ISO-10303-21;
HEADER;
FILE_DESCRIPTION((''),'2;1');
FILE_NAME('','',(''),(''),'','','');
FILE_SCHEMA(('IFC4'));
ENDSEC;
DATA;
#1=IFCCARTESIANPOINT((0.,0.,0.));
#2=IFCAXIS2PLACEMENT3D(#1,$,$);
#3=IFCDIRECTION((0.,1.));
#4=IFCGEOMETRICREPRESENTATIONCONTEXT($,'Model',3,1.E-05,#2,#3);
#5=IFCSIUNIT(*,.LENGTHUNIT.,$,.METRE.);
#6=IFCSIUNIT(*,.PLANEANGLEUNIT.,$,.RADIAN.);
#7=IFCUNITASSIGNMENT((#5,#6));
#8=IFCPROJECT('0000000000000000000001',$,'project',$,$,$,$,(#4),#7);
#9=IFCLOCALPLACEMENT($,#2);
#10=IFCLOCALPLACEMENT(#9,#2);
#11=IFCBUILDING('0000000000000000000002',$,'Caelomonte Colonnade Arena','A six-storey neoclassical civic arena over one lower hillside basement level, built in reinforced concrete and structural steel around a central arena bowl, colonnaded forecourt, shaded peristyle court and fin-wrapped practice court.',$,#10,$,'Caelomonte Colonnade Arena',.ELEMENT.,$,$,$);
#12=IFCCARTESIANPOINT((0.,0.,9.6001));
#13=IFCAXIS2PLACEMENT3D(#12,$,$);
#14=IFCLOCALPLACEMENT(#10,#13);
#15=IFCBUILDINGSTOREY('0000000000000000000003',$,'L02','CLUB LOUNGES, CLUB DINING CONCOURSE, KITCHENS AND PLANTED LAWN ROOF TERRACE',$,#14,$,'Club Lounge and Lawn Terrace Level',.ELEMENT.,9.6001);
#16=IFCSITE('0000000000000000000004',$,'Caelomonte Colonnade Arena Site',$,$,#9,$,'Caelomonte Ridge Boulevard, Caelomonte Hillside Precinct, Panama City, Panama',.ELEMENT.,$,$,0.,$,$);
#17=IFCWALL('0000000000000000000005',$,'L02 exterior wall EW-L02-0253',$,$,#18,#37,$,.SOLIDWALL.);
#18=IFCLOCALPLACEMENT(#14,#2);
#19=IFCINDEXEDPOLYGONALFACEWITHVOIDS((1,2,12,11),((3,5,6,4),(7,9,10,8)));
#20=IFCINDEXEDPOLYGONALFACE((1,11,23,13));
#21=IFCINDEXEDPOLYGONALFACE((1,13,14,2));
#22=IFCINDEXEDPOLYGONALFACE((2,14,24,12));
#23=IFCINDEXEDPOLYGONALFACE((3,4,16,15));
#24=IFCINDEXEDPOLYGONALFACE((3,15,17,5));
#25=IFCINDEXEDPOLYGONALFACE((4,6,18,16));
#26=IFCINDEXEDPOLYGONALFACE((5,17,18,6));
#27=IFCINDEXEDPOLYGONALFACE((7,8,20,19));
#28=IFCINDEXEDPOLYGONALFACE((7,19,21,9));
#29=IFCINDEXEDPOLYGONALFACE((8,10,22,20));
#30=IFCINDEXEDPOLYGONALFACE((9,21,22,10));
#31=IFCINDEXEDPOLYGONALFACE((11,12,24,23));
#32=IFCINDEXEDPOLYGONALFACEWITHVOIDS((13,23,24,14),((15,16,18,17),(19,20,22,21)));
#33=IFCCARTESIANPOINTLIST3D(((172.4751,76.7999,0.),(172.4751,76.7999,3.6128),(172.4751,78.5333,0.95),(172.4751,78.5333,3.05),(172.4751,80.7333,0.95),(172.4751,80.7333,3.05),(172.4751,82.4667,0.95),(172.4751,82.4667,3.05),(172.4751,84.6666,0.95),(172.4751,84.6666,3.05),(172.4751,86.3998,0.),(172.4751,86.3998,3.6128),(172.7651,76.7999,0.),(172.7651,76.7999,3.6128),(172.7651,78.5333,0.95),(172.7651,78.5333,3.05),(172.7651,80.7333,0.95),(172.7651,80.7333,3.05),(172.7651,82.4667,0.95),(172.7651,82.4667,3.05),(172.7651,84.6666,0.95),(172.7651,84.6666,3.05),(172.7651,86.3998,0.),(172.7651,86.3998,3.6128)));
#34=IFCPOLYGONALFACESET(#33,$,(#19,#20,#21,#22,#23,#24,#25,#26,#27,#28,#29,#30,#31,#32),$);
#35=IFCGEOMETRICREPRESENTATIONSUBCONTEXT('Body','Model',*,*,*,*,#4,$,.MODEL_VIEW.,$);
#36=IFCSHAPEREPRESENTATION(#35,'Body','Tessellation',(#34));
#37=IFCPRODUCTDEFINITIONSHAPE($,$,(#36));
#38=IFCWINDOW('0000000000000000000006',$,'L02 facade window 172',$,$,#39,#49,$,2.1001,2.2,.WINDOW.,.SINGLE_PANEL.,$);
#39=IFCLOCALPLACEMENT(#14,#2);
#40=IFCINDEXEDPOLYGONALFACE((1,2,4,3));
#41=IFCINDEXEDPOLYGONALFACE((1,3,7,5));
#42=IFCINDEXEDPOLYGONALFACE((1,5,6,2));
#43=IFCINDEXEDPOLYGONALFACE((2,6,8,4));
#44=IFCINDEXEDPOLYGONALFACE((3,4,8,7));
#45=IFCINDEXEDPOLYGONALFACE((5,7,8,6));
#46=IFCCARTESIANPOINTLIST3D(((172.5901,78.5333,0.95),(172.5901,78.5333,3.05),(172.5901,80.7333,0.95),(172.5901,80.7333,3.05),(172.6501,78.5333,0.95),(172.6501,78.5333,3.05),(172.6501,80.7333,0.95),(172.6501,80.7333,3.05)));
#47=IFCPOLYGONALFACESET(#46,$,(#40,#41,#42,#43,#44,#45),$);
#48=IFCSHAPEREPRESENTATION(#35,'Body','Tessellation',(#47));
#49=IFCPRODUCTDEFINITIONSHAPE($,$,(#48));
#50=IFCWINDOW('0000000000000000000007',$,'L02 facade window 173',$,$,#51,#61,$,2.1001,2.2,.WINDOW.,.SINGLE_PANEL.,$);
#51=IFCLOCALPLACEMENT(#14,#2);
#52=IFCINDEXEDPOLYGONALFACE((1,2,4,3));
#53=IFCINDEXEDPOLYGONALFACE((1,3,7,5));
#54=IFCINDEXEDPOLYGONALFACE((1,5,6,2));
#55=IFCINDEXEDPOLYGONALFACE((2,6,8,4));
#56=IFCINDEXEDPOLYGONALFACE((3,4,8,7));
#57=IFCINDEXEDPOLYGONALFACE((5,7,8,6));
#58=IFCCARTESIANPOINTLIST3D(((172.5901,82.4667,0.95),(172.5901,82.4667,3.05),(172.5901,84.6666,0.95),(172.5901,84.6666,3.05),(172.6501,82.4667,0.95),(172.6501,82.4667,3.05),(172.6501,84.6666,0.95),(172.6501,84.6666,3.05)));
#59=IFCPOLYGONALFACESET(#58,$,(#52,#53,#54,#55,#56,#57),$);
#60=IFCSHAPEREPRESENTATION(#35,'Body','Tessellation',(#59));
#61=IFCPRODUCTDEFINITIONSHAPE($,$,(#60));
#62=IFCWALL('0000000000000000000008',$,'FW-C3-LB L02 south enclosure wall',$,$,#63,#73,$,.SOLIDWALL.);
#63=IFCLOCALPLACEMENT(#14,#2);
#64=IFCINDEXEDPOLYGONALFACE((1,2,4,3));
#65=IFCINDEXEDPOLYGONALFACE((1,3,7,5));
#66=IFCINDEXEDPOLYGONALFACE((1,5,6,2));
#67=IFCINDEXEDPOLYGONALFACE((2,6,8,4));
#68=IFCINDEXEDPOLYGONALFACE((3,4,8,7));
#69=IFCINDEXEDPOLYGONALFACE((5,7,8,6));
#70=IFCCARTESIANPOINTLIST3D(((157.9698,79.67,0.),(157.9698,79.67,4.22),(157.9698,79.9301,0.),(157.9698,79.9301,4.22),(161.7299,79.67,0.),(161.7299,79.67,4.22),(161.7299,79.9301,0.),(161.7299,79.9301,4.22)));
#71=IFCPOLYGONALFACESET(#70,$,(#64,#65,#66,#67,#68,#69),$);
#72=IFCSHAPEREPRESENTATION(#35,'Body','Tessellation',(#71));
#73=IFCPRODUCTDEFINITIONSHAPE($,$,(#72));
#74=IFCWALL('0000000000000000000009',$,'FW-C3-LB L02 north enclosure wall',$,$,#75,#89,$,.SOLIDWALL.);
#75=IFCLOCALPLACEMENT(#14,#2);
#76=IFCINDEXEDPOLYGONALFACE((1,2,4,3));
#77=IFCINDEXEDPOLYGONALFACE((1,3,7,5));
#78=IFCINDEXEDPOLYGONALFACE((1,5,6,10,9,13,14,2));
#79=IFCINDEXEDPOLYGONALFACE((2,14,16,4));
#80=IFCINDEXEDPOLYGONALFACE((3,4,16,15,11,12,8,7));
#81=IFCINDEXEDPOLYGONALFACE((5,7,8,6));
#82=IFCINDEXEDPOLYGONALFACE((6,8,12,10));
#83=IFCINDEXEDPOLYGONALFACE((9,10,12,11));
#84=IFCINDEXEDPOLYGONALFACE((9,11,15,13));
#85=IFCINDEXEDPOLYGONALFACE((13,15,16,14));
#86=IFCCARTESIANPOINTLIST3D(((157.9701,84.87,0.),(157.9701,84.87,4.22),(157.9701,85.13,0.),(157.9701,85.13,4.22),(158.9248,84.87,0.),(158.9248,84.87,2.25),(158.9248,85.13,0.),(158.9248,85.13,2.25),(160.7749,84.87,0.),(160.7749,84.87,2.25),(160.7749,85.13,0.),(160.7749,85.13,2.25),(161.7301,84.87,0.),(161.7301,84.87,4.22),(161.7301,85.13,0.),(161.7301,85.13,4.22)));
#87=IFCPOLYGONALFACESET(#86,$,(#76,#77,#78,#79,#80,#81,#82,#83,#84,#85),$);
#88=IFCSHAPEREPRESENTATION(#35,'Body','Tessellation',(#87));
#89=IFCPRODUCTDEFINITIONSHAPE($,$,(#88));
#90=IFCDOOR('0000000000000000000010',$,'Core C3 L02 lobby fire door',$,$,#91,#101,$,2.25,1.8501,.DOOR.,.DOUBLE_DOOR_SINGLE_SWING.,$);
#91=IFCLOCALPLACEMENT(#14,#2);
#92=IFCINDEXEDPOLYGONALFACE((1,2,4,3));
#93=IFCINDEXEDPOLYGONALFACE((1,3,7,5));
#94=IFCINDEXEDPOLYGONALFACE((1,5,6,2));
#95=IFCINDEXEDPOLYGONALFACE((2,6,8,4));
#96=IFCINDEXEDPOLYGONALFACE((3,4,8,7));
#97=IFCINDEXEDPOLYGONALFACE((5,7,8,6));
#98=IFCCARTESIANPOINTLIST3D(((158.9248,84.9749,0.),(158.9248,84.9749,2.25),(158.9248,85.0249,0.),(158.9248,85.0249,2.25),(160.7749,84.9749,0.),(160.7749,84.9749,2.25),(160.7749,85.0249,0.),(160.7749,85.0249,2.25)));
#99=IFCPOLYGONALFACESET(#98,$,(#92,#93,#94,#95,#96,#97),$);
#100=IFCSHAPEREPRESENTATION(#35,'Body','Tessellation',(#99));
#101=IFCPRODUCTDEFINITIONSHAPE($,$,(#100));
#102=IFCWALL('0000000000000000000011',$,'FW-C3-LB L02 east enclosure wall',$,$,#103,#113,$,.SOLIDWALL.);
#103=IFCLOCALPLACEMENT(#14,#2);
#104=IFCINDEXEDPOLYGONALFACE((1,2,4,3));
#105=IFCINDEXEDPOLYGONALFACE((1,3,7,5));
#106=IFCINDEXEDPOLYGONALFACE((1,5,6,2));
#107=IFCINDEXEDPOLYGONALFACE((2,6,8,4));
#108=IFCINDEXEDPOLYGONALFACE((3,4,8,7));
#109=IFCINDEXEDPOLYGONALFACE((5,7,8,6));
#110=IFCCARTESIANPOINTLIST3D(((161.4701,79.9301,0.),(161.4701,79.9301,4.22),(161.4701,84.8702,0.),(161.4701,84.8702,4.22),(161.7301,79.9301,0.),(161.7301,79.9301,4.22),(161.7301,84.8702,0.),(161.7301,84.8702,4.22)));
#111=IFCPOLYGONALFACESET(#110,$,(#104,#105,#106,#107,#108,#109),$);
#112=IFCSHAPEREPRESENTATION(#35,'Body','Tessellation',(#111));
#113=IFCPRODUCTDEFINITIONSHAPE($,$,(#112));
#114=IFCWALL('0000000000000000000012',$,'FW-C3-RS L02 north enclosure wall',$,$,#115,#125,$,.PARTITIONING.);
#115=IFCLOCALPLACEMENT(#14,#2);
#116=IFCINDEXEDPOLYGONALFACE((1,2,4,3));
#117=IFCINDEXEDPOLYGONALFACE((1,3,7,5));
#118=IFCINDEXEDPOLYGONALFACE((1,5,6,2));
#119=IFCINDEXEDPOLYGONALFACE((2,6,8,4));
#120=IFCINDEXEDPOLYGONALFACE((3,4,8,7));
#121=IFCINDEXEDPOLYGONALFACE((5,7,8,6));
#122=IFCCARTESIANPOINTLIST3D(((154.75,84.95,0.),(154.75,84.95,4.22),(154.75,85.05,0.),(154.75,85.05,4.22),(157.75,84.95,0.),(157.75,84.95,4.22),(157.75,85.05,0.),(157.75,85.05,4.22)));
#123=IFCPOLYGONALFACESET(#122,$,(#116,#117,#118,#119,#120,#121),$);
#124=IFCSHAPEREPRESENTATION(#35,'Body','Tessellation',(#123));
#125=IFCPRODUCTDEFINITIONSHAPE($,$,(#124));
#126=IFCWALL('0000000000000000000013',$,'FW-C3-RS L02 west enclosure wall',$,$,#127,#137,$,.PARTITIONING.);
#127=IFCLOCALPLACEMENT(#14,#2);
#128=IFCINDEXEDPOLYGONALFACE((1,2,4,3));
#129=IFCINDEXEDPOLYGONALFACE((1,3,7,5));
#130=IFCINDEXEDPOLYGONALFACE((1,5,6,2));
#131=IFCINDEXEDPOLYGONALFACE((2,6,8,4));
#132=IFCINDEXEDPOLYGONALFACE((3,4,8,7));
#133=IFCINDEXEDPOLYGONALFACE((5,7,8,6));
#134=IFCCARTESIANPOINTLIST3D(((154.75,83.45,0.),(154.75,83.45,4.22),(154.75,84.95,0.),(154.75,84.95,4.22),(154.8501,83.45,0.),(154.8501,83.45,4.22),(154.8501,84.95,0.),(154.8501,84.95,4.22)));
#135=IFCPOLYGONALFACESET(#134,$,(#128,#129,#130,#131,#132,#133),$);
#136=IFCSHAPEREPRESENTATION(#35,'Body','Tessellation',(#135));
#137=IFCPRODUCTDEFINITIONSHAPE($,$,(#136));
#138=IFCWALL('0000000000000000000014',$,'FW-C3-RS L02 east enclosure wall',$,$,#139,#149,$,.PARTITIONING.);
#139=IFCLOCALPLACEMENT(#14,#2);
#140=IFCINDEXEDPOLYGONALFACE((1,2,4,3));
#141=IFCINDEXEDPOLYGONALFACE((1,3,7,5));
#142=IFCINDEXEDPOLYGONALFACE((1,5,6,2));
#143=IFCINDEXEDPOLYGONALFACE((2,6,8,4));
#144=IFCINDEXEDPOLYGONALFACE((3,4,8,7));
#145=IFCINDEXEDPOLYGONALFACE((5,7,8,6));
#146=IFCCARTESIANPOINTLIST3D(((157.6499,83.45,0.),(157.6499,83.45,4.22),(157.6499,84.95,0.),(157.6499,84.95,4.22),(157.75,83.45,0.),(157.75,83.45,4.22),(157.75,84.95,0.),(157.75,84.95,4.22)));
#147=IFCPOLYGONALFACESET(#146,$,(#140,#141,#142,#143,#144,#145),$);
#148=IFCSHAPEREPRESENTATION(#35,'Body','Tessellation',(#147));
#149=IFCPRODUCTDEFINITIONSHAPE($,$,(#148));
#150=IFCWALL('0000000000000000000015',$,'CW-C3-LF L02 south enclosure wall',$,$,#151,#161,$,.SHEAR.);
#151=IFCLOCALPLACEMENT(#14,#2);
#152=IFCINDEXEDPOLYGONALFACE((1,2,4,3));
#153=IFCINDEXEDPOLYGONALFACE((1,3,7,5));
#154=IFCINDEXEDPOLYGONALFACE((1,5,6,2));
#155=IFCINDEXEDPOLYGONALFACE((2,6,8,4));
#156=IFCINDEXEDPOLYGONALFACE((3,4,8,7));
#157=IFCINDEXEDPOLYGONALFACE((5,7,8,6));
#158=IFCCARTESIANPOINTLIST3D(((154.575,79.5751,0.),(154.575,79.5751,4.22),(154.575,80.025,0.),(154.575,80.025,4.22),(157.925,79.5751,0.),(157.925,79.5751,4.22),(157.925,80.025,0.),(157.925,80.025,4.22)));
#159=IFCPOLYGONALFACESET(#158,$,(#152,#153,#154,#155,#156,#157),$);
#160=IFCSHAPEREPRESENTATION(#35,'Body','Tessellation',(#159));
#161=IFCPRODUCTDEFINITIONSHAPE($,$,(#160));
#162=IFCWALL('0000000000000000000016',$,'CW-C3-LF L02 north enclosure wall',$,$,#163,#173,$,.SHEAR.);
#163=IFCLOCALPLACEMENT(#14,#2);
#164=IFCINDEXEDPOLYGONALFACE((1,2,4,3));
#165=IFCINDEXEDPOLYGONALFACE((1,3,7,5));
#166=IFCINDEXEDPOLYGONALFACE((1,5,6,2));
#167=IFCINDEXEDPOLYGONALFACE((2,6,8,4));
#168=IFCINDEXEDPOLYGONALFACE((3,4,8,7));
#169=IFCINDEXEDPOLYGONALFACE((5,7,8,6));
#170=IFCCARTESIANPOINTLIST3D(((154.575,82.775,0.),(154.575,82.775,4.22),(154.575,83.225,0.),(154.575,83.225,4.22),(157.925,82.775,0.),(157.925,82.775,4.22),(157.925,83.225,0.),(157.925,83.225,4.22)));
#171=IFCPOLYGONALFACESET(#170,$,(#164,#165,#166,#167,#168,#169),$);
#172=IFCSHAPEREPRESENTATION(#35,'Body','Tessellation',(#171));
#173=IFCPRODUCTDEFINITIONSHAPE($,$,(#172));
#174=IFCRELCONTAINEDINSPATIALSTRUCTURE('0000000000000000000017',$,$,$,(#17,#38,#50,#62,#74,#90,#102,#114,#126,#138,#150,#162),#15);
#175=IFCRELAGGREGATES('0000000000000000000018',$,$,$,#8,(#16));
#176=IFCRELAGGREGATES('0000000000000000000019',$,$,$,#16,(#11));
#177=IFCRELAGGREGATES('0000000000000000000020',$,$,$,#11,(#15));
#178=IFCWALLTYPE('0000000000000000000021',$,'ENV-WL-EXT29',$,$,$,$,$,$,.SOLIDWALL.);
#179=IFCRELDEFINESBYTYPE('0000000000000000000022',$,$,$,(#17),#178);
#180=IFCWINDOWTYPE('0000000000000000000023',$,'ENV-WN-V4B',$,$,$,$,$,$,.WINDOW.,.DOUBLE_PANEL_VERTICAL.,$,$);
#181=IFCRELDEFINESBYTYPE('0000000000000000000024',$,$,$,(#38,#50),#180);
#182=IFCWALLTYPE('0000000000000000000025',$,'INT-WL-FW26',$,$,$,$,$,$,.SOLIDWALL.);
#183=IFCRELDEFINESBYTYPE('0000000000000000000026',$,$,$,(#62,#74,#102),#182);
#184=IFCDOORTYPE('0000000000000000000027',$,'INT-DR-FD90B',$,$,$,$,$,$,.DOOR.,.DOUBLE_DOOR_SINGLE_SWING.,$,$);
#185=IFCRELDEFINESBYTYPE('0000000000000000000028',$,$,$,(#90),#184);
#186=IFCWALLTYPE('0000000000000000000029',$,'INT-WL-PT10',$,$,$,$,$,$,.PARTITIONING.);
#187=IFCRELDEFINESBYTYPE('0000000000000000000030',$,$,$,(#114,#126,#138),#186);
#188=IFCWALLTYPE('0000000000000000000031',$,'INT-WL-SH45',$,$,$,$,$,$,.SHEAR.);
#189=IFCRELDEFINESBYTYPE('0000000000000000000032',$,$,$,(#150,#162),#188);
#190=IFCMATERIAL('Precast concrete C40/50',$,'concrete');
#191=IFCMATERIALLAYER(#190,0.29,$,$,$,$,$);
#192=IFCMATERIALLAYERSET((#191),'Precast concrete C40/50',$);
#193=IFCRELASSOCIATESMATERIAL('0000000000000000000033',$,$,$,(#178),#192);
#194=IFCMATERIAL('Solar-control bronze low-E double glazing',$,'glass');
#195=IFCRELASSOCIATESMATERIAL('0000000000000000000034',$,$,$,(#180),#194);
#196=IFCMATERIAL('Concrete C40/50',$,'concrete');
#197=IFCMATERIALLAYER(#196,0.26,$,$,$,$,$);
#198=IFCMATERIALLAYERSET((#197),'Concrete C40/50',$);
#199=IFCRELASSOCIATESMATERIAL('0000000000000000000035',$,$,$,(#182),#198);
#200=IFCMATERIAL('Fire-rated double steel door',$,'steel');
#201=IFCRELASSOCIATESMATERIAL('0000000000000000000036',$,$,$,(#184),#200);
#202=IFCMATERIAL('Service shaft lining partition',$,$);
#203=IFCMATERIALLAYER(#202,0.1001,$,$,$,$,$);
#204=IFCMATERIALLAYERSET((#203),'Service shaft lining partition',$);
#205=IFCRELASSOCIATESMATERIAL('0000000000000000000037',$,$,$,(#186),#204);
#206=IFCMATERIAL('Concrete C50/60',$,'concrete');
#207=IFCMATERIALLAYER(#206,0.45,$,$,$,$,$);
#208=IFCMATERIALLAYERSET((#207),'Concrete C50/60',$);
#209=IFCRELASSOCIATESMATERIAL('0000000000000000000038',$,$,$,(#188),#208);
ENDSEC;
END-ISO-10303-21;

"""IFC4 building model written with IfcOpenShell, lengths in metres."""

from ifc_helpers import new_model, si_unit, direction, frame, frame_2d, origin, place, context, subcontext, project, spatial, rectangle, extrude, material, layer, layer_set, type_object, element, fill, save


model = new_model("IFC4")

# Units and contexts
model_context = context("Model", 3, precision=1e-05, world=origin(), true_north=direction((0.0, 1.0)))
body_context = subcontext(model_context, "Body", "Model", "MODEL_VIEW")
ifc_project = project(units=[si_unit("LENGTHUNIT", "METRE"), si_unit("PLANEANGLEUNIT", "RADIAN")], contexts=[model_context])

# Site, building, storey
site_placement = place(None, origin())
site = spatial("IfcSite", under=ifc_project, at=site_placement, Name="Caelomonte Colonnade Arena Site", LongName="Caelomonte Ridge Boulevard, Caelomonte Hillside Precinct, Panama City, Panama", CompositionType="ELEMENT", RefElevation=0.0)
building_placement = place(site_placement, origin())
building = spatial("IfcBuilding", under=site, at=building_placement, Name="Caelomonte Colonnade Arena", Description="A six-storey neoclassical civic arena over one lower hillside basement level, built in reinforced concrete and structural steel around a central arena bowl, colonnaded forecourt, shaded peristyle court and fin-wrapped practice court.", LongName="Caelomonte Colonnade Arena", CompositionType="ELEMENT")
storey_placement = place(building_placement, frame((0.0, 0.0, 9.6001)))
storey = spatial("IfcBuildingStorey", under=building, at=storey_placement, Name="L02", Description="CLUB LOUNGES, CLUB DINING CONCOURSE, KITCHENS AND PLANTED LAWN ROOF TERRACE", LongName="Club Lounge and Lawn Terrace Level", CompositionType="ELEMENT", Elevation=9.6001)

# Shared definitions
ifc_material_1 = material(Name="Concrete C50/60", Category="concrete")

# Wall, openings, windows
ifc_material_2 = material(Name="Precast concrete C40/50", Category="concrete")
ifc_layer_1 = layer(ifc_material_2, 0.29)
ifc_layer_set_1 = layer_set([ifc_layer_1], Name="Precast concrete C40/50")
wall_type_1 = type_object("IfcWallType", Name="ENV-WL-EXT29", PredefinedType="SOLIDWALL", material=ifc_layer_set_1)
wall_1_placement = place(storey_placement, frame((172.6201, 76.8, 0.0), z_axis=(0.0, 0.0, 1.0), x_axis=(0.0, 1.0, 0.0)))
wall_1 = element("IfcWall", 1, at=wall_1_placement, inside=storey, type_object=wall_type_1, Name="L02 exterior wall EW-L02-0253", PredefinedType="SOLIDWALL", context=body_context, shape_type="SweptSolid", body=[
    extrude(rectangle(XDim=9.5999, YDim=0.29, at=frame_2d((4.7998, 0.0))), origin(), (0.0, 0.0, 1.0), 3.6128),
])
opening_1_placement = place(wall_1_placement, frame((3.9333, 0.0, 0.95), z_axis=(0.0, 0.0, 1.0), x_axis=(-1.0, 0.0, 0.0)))
opening_1 = element("IfcOpeningElement", 2, at=opening_1_placement, cuts=wall_1, PredefinedType="OPENING", context=body_context, shape_type="SweptSolid", body=[
    extrude(rectangle(XDim=2.2, YDim=2.1001, at=frame_2d((1.1001, 1.05))), frame((0.0, 0.155, 0.0), z_axis=(0.0, -1.0, 0.0), x_axis=(1.0, 0.0, 0.0)), (0.0, 0.0, 1.0), 0.3101),
])
opening_2_placement = place(wall_1_placement, frame((7.8667, 0.0, 0.95), z_axis=(0.0, 0.0, 1.0), x_axis=(-1.0, 0.0, 0.0)))
opening_2 = element("IfcOpeningElement", 3, at=opening_2_placement, cuts=wall_1, PredefinedType="OPENING", context=body_context, shape_type="SweptSolid", body=[
    extrude(rectangle(XDim=2.2, YDim=2.1001, at=frame_2d((1.1001, 1.05))), frame((0.0, 0.155, 0.0), z_axis=(0.0, -1.0, 0.0), x_axis=(1.0, 0.0, 0.0)), (0.0, 0.0, 1.0), 0.3101),
])
ifc_material_3 = material(Name="Solar-control bronze low-E double glazing", Category="glass")
window_type = type_object("IfcWindowType", Name="ENV-WN-V4B", PartitioningType="DOUBLE_PANEL_VERTICAL", PredefinedType="WINDOW", material=ifc_material_3)
window_1_placement = place(opening_1_placement, origin())
window_1 = element("IfcWindow", 4, at=window_1_placement, inside=storey, type_object=window_type, Name="L02 facade window 172", OverallHeight=2.1001, OverallWidth=2.2, PartitioningType="SINGLE_PANEL", PredefinedType="WINDOW", context=body_context, shape_type="SweptSolid", body=[
    extrude(rectangle(XDim=2.2, YDim=2.1001, at=frame_2d((1.1001, 1.05))), frame((0.0, 0.03, 0.0), z_axis=(0.0, -1.0, 0.0), x_axis=(1.0, 0.0, 0.0)), (0.0, 0.0, 1.0), 0.0601),
])
fill(opening_1, window_1)
window_2_placement = place(opening_2_placement, origin())
window_2 = element("IfcWindow", 5, at=window_2_placement, inside=storey, type_object=window_type, Name="L02 facade window 173", OverallHeight=2.1001, OverallWidth=2.2, PartitioningType="SINGLE_PANEL", PredefinedType="WINDOW", context=body_context, shape_type="SweptSolid", body=[
    extrude(rectangle(XDim=2.2, YDim=2.1001, at=frame_2d((1.1001, 1.05))), frame((0.0, 0.03, 0.0), z_axis=(0.0, -1.0, 0.0), x_axis=(1.0, 0.0, 0.0)), (0.0, 0.0, 1.0), 0.0601),
])
fill(opening_2, window_2)

# Wall
ifc_material_4 = material(Name="Concrete C40/50", Category="concrete")
ifc_layer_2 = layer(ifc_material_4, 0.26)
ifc_layer_set_2 = layer_set([ifc_layer_2], Name="Concrete C40/50")
wall_type_2 = type_object("IfcWallType", Name="INT-WL-FW26", PredefinedType="SOLIDWALL", material=ifc_layer_set_2)
wall_2_placement = place(storey_placement, frame((157.97, 79.8, 0.0), z_axis=(0.0, 0.0, 1.0), x_axis=(1.0, 0.0, 0.0)))
element("IfcWall", 6, at=wall_2_placement, inside=storey, type_object=wall_type_2, Name="FW-C3-LB L02 south enclosure wall", PredefinedType="SOLIDWALL", context=body_context, shape_type="SweptSolid", body=[
    extrude(rectangle(XDim=3.76, YDim=0.26, at=frame_2d((1.8799, 0.0))), origin(), (0.0, 0.0, 1.0), 4.22),
])

# Wall, opening, door
wall_3_placement = place(storey_placement, frame((161.73, 85.0, 0.0), z_axis=(0.0, 0.0, 1.0), x_axis=(-1.0, 0.0, 0.0)))
wall_3 = element("IfcWall", 7, at=wall_3_placement, inside=storey, type_object=wall_type_2, Name="FW-C3-LB L02 north enclosure wall", PredefinedType="SOLIDWALL", context=body_context, shape_type="SweptSolid", body=[
    extrude(rectangle(XDim=3.76, YDim=0.26, at=frame_2d((1.8799, 0.0))), origin(), (0.0, 0.0, 1.0), 4.22),
])
opening_3_placement = place(wall_3_placement, frame((2.8052, 0.0, 0.0), z_axis=(0.0, 0.0, 1.0), x_axis=(-1.0, 0.0, 0.0)))
opening_3 = element("IfcOpeningElement", 8, at=opening_3_placement, cuts=wall_3, PredefinedType="OPENING", context=body_context, shape_type="SweptSolid", body=[
    extrude(rectangle(XDim=1.8501, YDim=2.25, at=frame_2d((0.925, 1.125))), frame((0.0, 0.1399, 0.0), z_axis=(0.0, -1.0, 0.0), x_axis=(1.0, 0.0, 0.0)), (0.0, 0.0, 1.0), 0.28),
])
ifc_material_5 = material(Name="Fire-rated double steel door", Category="steel")
door_type_1 = type_object("IfcDoorType", Name="INT-DR-FD90B", OperationType="DOUBLE_DOOR_SINGLE_SWING", PredefinedType="DOOR", material=ifc_material_5)
door_1_placement = place(opening_3_placement, origin())
door_1 = element("IfcDoor", 9, at=door_1_placement, inside=storey, type_object=door_type_1, Name="Core C3 L02 lobby fire door", OperationType="DOUBLE_DOOR_SINGLE_SWING", OverallHeight=2.25, OverallWidth=1.8501, PredefinedType="DOOR", context=body_context, shape_type="SweptSolid", body=[
    extrude(rectangle(XDim=1.8501, YDim=2.25, at=frame_2d((0.925, 1.125))), frame((0.0, 0.0249, 0.0), z_axis=(0.0, -1.0, 0.0), x_axis=(1.0, 0.0, 0.0)), (0.0, 0.0, 1.0), 0.05),
])
fill(opening_3, door_1)

# Walls
wall_4_placement = place(storey_placement, frame((161.6001, 79.9299, 0.0), z_axis=(0.0, 0.0, 1.0), x_axis=(0.0, 1.0, 0.0)))
element("IfcWall", 10, at=wall_4_placement, inside=storey, type_object=wall_type_2, Name="FW-C3-LB L02 east enclosure wall", PredefinedType="SOLIDWALL", context=body_context, shape_type="SweptSolid", body=[
    extrude(rectangle(XDim=4.9402, YDim=0.26, at=frame_2d((2.4702, 0.0))), origin(), (0.0, 0.0, 1.0), 4.22),
])
ifc_material_6 = material(Name="Service shaft lining partition")
ifc_layer_3 = layer(ifc_material_6, 0.1001)
ifc_layer_set_3 = layer_set([ifc_layer_3], Name="Service shaft lining partition")
wall_type_3 = type_object("IfcWallType", Name="INT-WL-PT10", PredefinedType="PARTITIONING", material=ifc_layer_set_3)
wall_5_placement = place(storey_placement, frame((157.75, 85.0, 0.0), z_axis=(0.0, 0.0, 1.0), x_axis=(-1.0, 0.0, 0.0)))
element("IfcWall", 11, at=wall_5_placement, inside=storey, type_object=wall_type_3, Name="FW-C3-RS L02 north enclosure wall", PredefinedType="PARTITIONING", context=body_context, shape_type="SweptSolid", body=[
    extrude(rectangle(XDim=3.0, YDim=0.1001, at=frame_2d((1.5, 0.0))), origin(), (0.0, 0.0, 1.0), 4.22),
])
for number, where, z_axis, x_axis, name in (
    (12, (154.8, 84.95, 0.0), (0.0, 0.0, 1.0), (0.0, -1.0, 0.0), "FW-C3-RS L02 west enclosure wall"),
    (13, (157.7, 83.45, 0.0), (0.0, 0.0, 1.0), (0.0, 1.0, 0.0), "FW-C3-RS L02 east enclosure wall"),
):
    element("IfcWall", number, at=place(storey_placement, frame(where, z_axis=z_axis, x_axis=x_axis)), inside=storey, type_object=wall_type_3, Name=name, PredefinedType="PARTITIONING", context=body_context, shape_type="SweptSolid", body=[
        extrude(rectangle(XDim=1.5, YDim=0.1001, at=frame_2d((0.75, 0.0))), origin(), (0.0, 0.0, 1.0), 4.22),
    ])
ifc_layer_4 = layer(ifc_material_1, 0.45)
ifc_layer_set_4 = layer_set([ifc_layer_4], Name="Concrete C50/60")
wall_type_4 = type_object("IfcWallType", Name="INT-WL-SH45", PredefinedType="SHEAR", material=ifc_layer_set_4)
for number, where, z_axis, x_axis, name in (
    (14, (154.575, 79.8, 0.0), (0.0, 0.0, 1.0), (1.0, 0.0, 0.0), "CW-C3-LF L02 south enclosure wall"),
    (15, (157.925, 83.0, 0.0), (0.0, 0.0, 1.0), (-1.0, 0.0, 0.0), "CW-C3-LF L02 north enclosure wall"),
):
    element("IfcWall", number, at=place(storey_placement, frame(where, z_axis=z_axis, x_axis=x_axis)), inside=storey, type_object=wall_type_4, Name=name, PredefinedType="SHEAR", context=body_context, shape_type="SweptSolid", body=[
        extrude(rectangle(XDim=3.3501, YDim=0.45, at=frame_2d((1.675, 0.0))), origin(), (0.0, 0.0, 1.0), 4.22),
    ])

save(model, "model.ifc")
